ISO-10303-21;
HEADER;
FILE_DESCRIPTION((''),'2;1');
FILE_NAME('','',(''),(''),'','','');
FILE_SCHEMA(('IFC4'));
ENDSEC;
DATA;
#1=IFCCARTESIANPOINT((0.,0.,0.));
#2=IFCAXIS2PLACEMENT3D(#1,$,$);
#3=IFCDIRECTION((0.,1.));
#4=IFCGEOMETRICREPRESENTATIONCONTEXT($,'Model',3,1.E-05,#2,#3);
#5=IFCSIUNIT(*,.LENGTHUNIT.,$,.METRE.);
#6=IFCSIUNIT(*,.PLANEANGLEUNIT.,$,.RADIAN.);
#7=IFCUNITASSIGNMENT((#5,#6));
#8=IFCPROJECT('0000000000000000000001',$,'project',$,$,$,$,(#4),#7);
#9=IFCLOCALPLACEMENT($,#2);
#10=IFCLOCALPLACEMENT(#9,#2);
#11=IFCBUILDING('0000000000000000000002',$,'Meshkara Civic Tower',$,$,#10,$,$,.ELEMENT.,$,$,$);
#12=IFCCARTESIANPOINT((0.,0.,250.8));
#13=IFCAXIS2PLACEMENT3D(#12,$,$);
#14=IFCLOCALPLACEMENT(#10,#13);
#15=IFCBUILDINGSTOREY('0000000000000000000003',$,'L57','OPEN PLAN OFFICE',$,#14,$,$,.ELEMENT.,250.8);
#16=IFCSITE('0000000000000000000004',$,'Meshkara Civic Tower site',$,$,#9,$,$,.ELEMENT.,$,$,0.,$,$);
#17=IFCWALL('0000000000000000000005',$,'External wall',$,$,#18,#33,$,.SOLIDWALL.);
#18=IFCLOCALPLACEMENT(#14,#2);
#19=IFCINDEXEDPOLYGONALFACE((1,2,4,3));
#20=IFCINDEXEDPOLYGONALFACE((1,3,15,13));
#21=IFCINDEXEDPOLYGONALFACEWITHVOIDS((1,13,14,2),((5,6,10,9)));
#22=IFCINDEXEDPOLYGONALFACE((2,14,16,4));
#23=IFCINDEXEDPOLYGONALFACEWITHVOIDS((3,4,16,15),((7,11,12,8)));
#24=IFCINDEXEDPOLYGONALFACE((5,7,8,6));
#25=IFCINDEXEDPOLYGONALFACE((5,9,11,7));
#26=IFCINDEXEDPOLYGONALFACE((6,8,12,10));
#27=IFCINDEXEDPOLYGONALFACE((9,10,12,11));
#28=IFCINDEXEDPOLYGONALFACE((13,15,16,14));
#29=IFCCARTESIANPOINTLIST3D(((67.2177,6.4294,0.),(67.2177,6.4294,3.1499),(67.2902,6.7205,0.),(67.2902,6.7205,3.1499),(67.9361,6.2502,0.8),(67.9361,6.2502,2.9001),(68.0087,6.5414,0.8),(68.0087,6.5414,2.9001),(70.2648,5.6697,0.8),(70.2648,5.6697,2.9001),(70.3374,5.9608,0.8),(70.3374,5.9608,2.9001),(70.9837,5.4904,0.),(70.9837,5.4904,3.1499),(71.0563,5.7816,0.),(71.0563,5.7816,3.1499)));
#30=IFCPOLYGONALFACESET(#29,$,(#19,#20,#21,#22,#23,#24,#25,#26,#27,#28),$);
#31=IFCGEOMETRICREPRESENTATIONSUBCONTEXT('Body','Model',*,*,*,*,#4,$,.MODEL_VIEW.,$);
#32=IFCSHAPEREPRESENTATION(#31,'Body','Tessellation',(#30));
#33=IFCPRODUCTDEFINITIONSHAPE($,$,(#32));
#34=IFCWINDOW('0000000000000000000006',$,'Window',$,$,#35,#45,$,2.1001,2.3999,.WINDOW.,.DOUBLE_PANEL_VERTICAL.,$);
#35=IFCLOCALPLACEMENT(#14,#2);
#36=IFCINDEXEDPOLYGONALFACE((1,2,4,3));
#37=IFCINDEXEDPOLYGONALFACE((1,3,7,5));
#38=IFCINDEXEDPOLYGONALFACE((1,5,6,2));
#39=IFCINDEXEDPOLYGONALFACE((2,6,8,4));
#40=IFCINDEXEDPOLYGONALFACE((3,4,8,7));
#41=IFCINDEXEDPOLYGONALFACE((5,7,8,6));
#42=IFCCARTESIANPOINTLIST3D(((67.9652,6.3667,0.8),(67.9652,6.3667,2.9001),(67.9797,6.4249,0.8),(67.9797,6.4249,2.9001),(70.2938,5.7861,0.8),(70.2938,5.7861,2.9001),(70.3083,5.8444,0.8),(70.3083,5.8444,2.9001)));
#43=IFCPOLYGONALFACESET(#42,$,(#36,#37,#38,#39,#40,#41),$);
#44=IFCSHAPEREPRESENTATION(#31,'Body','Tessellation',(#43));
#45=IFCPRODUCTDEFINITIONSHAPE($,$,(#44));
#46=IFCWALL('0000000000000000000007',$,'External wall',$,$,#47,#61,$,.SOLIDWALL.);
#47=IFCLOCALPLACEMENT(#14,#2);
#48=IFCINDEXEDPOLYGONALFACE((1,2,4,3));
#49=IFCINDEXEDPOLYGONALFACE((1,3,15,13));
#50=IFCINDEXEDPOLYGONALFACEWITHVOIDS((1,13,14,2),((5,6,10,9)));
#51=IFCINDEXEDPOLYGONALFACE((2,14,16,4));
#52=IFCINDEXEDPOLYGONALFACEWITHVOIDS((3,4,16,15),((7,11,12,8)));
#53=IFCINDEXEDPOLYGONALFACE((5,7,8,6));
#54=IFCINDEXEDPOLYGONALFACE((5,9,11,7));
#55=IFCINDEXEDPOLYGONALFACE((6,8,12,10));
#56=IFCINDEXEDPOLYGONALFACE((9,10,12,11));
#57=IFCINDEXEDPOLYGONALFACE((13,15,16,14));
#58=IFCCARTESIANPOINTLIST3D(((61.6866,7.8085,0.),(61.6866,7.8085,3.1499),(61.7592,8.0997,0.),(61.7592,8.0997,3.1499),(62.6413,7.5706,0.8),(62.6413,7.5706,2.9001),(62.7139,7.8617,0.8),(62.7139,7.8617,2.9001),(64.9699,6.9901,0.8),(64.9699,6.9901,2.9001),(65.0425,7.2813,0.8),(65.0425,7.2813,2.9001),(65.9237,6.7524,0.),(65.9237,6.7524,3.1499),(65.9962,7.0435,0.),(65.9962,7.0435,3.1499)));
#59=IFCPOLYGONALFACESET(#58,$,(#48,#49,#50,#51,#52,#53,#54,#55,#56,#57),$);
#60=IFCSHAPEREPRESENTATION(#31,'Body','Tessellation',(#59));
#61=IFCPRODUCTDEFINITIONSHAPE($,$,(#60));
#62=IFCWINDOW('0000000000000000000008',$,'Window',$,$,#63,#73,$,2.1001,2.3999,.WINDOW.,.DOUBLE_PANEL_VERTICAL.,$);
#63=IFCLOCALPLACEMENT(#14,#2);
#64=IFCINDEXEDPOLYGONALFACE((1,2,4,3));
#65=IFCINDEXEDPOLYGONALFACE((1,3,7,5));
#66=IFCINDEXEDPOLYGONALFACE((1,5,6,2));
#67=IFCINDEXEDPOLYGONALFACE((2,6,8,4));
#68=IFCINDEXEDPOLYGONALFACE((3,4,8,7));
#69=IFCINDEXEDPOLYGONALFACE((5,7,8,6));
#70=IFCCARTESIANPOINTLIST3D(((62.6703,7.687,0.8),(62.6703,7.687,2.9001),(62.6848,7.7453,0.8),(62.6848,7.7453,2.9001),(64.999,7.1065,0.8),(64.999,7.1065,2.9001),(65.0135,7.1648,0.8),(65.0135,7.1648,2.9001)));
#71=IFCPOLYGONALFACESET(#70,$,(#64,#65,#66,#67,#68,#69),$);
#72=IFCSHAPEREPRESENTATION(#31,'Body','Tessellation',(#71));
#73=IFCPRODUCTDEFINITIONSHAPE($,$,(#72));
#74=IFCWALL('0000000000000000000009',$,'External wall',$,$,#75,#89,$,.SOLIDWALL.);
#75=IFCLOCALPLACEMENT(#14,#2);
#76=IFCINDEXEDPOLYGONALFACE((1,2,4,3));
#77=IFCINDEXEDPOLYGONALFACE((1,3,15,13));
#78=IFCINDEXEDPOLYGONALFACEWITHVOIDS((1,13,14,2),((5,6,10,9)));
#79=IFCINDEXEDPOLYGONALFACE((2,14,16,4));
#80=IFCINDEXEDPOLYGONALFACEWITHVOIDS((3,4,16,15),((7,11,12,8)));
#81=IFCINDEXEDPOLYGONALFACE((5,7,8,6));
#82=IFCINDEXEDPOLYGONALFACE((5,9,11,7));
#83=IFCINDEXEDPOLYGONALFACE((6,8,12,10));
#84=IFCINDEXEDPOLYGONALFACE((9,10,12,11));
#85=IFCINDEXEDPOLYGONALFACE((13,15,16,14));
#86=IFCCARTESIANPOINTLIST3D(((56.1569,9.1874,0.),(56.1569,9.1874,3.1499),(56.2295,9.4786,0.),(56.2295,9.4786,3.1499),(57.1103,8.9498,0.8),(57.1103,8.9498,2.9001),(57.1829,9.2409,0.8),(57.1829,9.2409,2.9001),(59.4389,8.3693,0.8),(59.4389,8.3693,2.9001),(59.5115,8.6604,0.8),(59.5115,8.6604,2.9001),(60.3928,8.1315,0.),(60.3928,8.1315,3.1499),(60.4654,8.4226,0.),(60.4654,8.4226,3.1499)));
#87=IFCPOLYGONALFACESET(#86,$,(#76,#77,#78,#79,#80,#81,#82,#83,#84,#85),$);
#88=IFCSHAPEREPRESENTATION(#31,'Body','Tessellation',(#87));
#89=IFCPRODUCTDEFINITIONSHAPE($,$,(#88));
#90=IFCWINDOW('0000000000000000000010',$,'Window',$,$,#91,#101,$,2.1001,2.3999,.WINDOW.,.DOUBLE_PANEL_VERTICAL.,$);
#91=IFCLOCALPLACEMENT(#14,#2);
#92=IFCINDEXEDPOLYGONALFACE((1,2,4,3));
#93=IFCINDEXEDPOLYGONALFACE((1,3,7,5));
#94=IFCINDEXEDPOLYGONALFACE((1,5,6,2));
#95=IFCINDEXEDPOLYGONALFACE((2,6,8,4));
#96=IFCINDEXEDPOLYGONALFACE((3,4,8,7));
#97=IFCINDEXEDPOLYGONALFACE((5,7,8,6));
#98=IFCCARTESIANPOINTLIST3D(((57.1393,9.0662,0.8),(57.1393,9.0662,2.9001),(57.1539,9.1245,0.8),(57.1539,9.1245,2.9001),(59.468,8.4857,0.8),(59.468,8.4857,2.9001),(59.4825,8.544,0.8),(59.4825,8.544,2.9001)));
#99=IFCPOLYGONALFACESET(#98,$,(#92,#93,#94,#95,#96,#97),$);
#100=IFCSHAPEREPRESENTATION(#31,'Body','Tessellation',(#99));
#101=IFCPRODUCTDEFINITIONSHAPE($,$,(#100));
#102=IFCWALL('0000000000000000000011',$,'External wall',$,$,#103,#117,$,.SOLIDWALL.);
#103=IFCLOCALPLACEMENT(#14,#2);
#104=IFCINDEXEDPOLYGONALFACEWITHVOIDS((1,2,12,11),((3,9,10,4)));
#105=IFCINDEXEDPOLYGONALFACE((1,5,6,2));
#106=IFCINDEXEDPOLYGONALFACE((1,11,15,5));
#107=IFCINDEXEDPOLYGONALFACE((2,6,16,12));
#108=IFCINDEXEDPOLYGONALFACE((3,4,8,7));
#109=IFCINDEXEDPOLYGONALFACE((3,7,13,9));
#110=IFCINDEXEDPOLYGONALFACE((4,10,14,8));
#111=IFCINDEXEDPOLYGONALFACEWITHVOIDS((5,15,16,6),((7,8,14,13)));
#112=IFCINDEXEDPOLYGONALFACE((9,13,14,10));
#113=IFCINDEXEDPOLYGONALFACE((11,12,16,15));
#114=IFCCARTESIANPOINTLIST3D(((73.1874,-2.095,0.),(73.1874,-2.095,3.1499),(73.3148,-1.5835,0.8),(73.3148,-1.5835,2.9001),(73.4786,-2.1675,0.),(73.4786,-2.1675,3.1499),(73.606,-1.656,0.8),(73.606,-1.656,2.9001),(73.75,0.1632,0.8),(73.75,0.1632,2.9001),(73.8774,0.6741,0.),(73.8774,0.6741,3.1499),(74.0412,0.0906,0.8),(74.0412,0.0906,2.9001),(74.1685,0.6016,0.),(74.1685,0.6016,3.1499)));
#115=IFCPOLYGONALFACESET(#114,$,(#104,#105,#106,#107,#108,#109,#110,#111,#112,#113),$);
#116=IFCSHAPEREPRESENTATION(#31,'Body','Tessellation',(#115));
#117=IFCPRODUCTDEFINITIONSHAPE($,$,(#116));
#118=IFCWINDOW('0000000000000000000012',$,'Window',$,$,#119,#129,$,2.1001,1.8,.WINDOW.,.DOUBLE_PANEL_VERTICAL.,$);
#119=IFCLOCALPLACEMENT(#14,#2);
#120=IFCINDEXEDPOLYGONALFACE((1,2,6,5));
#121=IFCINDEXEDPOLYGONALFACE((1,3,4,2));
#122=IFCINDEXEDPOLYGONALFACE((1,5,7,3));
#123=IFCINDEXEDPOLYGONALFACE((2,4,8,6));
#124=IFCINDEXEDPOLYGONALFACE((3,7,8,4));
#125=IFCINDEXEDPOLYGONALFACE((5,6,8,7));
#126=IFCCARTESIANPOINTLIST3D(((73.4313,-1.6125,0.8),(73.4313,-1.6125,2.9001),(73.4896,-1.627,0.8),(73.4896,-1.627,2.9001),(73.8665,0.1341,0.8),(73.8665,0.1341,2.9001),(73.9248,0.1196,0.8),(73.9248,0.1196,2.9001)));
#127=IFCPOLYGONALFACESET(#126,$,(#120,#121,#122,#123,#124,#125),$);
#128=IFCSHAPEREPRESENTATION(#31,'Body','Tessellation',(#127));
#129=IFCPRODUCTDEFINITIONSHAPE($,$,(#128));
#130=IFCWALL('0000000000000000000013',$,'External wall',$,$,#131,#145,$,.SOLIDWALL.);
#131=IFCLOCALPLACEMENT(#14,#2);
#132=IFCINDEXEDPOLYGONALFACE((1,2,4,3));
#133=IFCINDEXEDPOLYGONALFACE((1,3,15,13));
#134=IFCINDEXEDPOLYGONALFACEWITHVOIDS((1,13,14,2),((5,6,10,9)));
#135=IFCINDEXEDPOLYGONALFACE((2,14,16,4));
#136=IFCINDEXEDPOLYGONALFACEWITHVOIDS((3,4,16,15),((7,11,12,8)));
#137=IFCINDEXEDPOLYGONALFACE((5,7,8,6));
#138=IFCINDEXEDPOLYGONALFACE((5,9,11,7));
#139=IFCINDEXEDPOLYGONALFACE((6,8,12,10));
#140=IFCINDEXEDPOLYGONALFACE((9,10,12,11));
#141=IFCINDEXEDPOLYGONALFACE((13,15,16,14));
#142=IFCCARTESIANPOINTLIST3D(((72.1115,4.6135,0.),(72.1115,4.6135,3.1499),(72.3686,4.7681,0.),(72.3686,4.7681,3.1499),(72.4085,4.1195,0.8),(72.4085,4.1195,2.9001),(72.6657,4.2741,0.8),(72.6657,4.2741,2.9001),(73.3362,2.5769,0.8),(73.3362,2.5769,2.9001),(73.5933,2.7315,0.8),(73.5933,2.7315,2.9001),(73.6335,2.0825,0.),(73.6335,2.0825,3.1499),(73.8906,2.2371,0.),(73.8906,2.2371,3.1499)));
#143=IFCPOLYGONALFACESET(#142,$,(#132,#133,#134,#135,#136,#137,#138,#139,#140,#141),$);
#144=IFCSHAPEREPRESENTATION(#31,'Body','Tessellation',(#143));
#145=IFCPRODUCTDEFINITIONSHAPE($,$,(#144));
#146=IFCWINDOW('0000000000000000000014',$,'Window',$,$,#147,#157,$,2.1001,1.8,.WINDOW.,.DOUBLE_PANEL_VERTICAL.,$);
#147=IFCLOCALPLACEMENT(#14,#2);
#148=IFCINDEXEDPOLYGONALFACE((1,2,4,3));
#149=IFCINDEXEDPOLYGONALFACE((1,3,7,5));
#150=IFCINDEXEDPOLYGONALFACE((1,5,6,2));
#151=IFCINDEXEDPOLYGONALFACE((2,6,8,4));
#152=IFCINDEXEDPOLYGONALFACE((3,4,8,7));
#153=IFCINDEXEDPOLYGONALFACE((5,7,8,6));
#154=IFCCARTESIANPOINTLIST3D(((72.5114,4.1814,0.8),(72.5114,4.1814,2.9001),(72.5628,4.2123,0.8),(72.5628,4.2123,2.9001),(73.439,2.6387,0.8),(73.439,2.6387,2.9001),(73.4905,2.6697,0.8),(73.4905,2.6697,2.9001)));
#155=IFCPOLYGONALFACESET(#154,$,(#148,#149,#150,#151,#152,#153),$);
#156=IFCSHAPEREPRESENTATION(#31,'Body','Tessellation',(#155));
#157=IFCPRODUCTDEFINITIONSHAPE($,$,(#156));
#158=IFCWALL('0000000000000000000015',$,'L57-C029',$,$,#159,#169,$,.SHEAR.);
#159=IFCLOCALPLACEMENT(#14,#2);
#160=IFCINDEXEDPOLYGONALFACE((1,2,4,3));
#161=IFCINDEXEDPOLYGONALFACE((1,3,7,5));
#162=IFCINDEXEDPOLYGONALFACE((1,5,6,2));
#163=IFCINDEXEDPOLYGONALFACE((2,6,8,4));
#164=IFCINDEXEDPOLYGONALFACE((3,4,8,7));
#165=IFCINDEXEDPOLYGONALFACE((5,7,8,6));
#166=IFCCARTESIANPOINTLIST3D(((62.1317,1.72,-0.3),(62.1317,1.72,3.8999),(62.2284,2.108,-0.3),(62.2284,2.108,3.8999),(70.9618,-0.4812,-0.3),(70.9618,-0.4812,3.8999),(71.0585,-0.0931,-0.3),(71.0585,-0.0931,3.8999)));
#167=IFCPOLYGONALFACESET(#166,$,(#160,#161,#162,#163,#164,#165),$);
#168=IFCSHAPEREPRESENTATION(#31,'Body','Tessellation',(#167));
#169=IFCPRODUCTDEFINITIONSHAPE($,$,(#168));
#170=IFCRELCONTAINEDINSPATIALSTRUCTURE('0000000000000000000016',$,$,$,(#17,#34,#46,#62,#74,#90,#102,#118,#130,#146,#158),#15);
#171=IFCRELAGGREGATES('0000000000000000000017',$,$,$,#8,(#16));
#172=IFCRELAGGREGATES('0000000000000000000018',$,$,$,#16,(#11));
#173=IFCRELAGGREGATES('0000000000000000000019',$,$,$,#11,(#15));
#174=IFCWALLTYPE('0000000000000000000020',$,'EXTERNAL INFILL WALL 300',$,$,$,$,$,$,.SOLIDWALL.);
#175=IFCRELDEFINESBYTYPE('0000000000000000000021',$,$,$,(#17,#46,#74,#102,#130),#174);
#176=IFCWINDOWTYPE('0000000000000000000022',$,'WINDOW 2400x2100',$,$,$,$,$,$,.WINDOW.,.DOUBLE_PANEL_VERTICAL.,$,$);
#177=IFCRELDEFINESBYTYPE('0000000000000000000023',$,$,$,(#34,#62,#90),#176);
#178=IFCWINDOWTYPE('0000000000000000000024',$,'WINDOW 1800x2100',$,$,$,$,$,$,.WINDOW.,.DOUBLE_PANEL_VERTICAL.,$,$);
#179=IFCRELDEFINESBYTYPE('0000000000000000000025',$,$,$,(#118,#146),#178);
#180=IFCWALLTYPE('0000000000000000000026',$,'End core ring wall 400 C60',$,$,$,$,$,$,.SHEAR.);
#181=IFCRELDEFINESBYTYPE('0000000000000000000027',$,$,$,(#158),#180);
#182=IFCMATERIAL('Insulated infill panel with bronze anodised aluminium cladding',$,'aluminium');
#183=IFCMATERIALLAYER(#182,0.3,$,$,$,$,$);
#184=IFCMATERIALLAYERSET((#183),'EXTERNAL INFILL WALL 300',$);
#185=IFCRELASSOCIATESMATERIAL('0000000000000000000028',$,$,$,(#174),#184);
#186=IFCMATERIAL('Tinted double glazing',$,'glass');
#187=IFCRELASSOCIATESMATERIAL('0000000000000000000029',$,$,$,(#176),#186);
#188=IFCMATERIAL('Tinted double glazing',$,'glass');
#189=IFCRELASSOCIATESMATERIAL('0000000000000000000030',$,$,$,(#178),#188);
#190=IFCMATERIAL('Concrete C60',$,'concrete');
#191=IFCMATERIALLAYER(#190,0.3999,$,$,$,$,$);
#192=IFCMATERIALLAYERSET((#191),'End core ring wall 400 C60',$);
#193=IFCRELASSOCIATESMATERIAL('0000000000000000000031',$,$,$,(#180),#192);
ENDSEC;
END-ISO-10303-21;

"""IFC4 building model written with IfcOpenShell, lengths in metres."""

from ifc_helpers import new_model, si_unit, direction, frame, frame_2d, origin, place, context, subcontext, project, spatial, rectangle, extrude, material, layer, layer_set, type_object, element, fill, save


model = new_model("IFC4")

# Units and contexts
model_context = context("Model", 3, precision=1e-05, world=origin(), true_north=direction((0.0, 1.0)))
body_context = subcontext(model_context, "Body", "Model", "MODEL_VIEW")
ifc_project = project(units=[si_unit("LENGTHUNIT", "METRE"), si_unit("PLANEANGLEUNIT", "RADIAN")], contexts=[model_context])

# Site, building, storey
site_placement = place(None, origin())
site = spatial("IfcSite", under=ifc_project, at=site_placement, Name="Meshkara Civic Tower site", CompositionType="ELEMENT", RefElevation=0.0)
building_placement = place(site_placement, origin())
building = spatial("IfcBuilding", under=site, at=building_placement, Name="Meshkara Civic Tower", CompositionType="ELEMENT")
storey_placement = place(building_placement, frame((0.0, 0.0, 250.8)))
storey = spatial("IfcBuildingStorey", under=building, at=storey_placement, Name="L57", Description="OPEN PLAN OFFICE", CompositionType="ELEMENT", Elevation=250.8)

# Walls, openings, windows
ifc_material_1 = material(Name="Insulated infill panel with bronze anodised aluminium cladding", Category="aluminium")
ifc_layer_1 = layer(ifc_material_1, 0.3)
ifc_layer_set_1 = layer_set([ifc_layer_1], Name="EXTERNAL INFILL WALL 300")
wall_type_1 = type_object("IfcWallType", Name="EXTERNAL INFILL WALL 300", PredefinedType="SOLIDWALL", material=ifc_layer_set_1)
wall_1_placement = place(storey_placement, frame((71.02, 5.636, 0.0), z_axis=(0.0, 0.0, 1.0), x_axis=(-0.970298, 0.241914, 0.0)))
wall_1 = element("IfcWall", 1, at=wall_1_placement, inside=storey, type_object=wall_type_1, Name="External wall", PredefinedType="SOLIDWALL", context=body_context, shape_type="SweptSolid", body=[
    extrude(rectangle(XDim=3.8813, YDim=0.3, at=frame_2d((1.9407, 0.0))), origin(), (0.0, 0.0, 1.0), 3.1499),
])
opening_1_placement = place(wall_1_placement, frame((0.741, 0.0, 0.8)))
opening_1 = element("IfcOpeningElement", 2, at=opening_1_placement, cuts=wall_1, PredefinedType="OPENING", context=body_context, shape_type="SweptSolid", body=[
    extrude(rectangle(XDim=2.3999, YDim=2.1001, at=frame_2d((1.2, 1.05))), frame((0.0, 0.1599, 0.0), z_axis=(0.0, -1.0, 0.0), x_axis=(1.0, 0.0, 0.0)), (0.0, 0.0, 1.0), 0.3201),
])
ifc_material_2 = material(Name="Tinted double glazing", Category="glass")
window_type_1 = type_object("IfcWindowType", Name="WINDOW 2400x2100", PartitioningType="DOUBLE_PANEL_VERTICAL", PredefinedType="WINDOW", material=ifc_material_2)
window_1_placement = place(opening_1_placement, origin())
window_1 = element("IfcWindow", 3, at=window_1_placement, inside=storey, type_object=window_type_1, Name="Window", OverallHeight=2.1001, OverallWidth=2.3999, PartitioningType="DOUBLE_PANEL_VERTICAL", PredefinedType="WINDOW", context=body_context, shape_type="SweptSolid", body=[
    extrude(rectangle(XDim=2.3999, YDim=2.1001, at=frame_2d((1.2, 1.05))), frame((0.0, 0.03, 0.0), z_axis=(0.0, -1.0, 0.0), x_axis=(1.0, 0.0, 0.0)), (0.0, 0.0, 1.0), 0.0601),
])
fill(opening_1, window_1)
wall_2_placement = place(storey_placement, frame((65.96, 6.8979, 0.0), z_axis=(0.0, 0.0, 1.0), x_axis=(-0.97031, 0.241865, 0.0)))
wall_2 = element("IfcWall", 4, at=wall_2_placement, inside=storey, type_object=wall_type_1, Name="External wall", PredefinedType="SOLIDWALL", context=body_context, shape_type="SweptSolid", body=[
    extrude(rectangle(XDim=4.3667, YDim=0.3, at=frame_2d((2.1833, 0.0))), origin(), (0.0, 0.0, 1.0), 3.1499),
])
opening_2_placement = place(wall_2_placement, frame((0.9829, 0.0, 0.8)))
opening_2 = element("IfcOpeningElement", 5, at=opening_2_placement, cuts=wall_2, PredefinedType="OPENING", context=body_context, shape_type="SweptSolid", body=[
    extrude(rectangle(XDim=2.3999, YDim=2.1001, at=frame_2d((1.2, 1.05))), frame((0.0, 0.1599, 0.0), z_axis=(0.0, -1.0, 0.0), x_axis=(1.0, 0.0, 0.0)), (0.0, 0.0, 1.0), 0.3201),
])
window_2_placement = place(opening_2_placement, origin())
window_2 = element("IfcWindow", 6, at=window_2_placement, inside=storey, type_object=window_type_1, Name="Window", OverallHeight=2.1001, OverallWidth=2.3999, PartitioningType="DOUBLE_PANEL_VERTICAL", PredefinedType="WINDOW", context=body_context, shape_type="SweptSolid", body=[
    extrude(rectangle(XDim=2.3999, YDim=2.1001, at=frame_2d((1.2, 1.05))), frame((0.0, 0.03, 0.0), z_axis=(0.0, -1.0, 0.0), x_axis=(1.0, 0.0, 0.0)), (0.0, 0.0, 1.0), 0.0601),
])
fill(opening_2, window_2)
wall_3_placement = place(storey_placement, frame((60.429, 8.2771, 0.0), z_axis=(0.0, 0.0, 1.0), x_axis=(-0.970307, 0.241878, 0.0)))
wall_3 = element("IfcWall", 7, at=wall_3_placement, inside=storey, type_object=wall_type_1, Name="External wall", PredefinedType="SOLIDWALL", context=body_context, shape_type="SweptSolid", body=[
    extrude(rectangle(XDim=4.3655, YDim=0.3, at=frame_2d((2.1826, 0.0))), origin(), (0.0, 0.0, 1.0), 3.1499),
])
opening_3_placement = place(wall_3_placement, frame((0.9829, 0.0, 0.8)))
opening_3 = element("IfcOpeningElement", 8, at=opening_3_placement, cuts=wall_3, PredefinedType="OPENING", context=body_context, shape_type="SweptSolid", body=[
    extrude(rectangle(XDim=2.3999, YDim=2.1001, at=frame_2d((1.2, 1.05))), frame((0.0, 0.1599, 0.0), z_axis=(0.0, -1.0, 0.0), x_axis=(1.0, 0.0, 0.0)), (0.0, 0.0, 1.0), 0.3201),
])
window_3_placement = place(opening_3_placement, origin())
window_3 = element("IfcWindow", 9, at=window_3_placement, inside=storey, type_object=window_type_1, Name="Window", OverallHeight=2.1001, OverallWidth=2.3999, PartitioningType="DOUBLE_PANEL_VERTICAL", PredefinedType="WINDOW", context=body_context, shape_type="SweptSolid", body=[
    extrude(rectangle(XDim=2.3999, YDim=2.1001, at=frame_2d((1.2, 1.05))), frame((0.0, 0.03, 0.0), z_axis=(0.0, -1.0, 0.0), x_axis=(1.0, 0.0, 0.0)), (0.0, 0.0, 1.0), 0.0601),
])
fill(opening_3, window_3)
wall_4_placement = place(storey_placement, frame((73.333, -2.1311, 0.0), z_axis=(0.0, 0.0, 1.0), x_axis=(0.241771, 0.970333, 0.0)))
wall_4 = element("IfcWall", 10, at=wall_4_placement, inside=storey, type_object=wall_type_1, Name="External wall", PredefinedType="SOLIDWALL", context=body_context, shape_type="SweptSolid", body=[
    extrude(rectangle(XDim=2.8538, YDim=0.3, at=frame_2d((1.4268, 0.0))), origin(), (0.0, 0.0, 1.0), 3.1499),
])
opening_4_placement = place(wall_4_placement, frame((0.5271, 0.0, 0.8)))
opening_4 = element("IfcOpeningElement", 11, at=opening_4_placement, cuts=wall_4, PredefinedType="OPENING", context=body_context, shape_type="SweptSolid", body=[
    extrude(rectangle(XDim=1.8, YDim=2.1001, at=frame_2d((0.8999, 1.05))), frame((0.0, 0.1599, 0.0), z_axis=(0.0, -1.0, 0.0), x_axis=(1.0, 0.0, 0.0)), (0.0, 0.0, 1.0), 0.3201),
])
ifc_material_3 = material(Name="Tinted double glazing", Category="glass")
window_type_2 = type_object("IfcWindowType", Name="WINDOW 1800x2100", PartitioningType="DOUBLE_PANEL_VERTICAL", PredefinedType="WINDOW", material=ifc_material_3)
window_4_placement = place(opening_4_placement, origin())
window_4 = element("IfcWindow", 12, at=window_4_placement, inside=storey, type_object=window_type_2, Name="Window", OverallHeight=2.1001, OverallWidth=1.8, PartitioningType="DOUBLE_PANEL_VERTICAL", PredefinedType="WINDOW", context=body_context, shape_type="SweptSolid", body=[
    extrude(rectangle(XDim=1.8, YDim=2.1001, at=frame_2d((0.8999, 1.05))), frame((0.0, 0.03, 0.0), z_axis=(0.0, -1.0, 0.0), x_axis=(1.0, 0.0, 0.0)), (0.0, 0.0, 1.0), 0.0601),
])
fill(opening_4, window_4)
wall_5_placement = place(storey_placement, frame((73.762, 2.1599, 0.0), z_axis=(0.0, 0.0, 1.0), x_axis=(-0.515334, 0.856989, 0.0)))
wall_5 = element("IfcWall", 13, at=wall_5_placement, inside=storey, type_object=wall_type_1, Name="External wall", PredefinedType="SOLIDWALL", context=body_context, shape_type="SweptSolid", body=[
    extrude(rectangle(XDim=2.9534, YDim=0.3, at=frame_2d((1.4766, 0.0))), origin(), (0.0, 0.0, 1.0), 3.1499),
])
opening_5_placement = place(wall_5_placement, frame((0.5769, 0.0, 0.8)))
opening_5 = element("IfcOpeningElement", 14, at=opening_5_placement, cuts=wall_5, PredefinedType="OPENING", context=body_context, shape_type="SweptSolid", body=[
    extrude(rectangle(XDim=1.8, YDim=2.1001, at=frame_2d((0.8999, 1.05))), frame((0.0, 0.1599, 0.0), z_axis=(0.0, -1.0, 0.0), x_axis=(1.0, 0.0, 0.0)), (0.0, 0.0, 1.0), 0.3201),
])
window_5_placement = place(opening_5_placement, origin())
window_5 = element("IfcWindow", 15, at=window_5_placement, inside=storey, type_object=window_type_2, Name="Window", OverallHeight=2.1001, OverallWidth=1.8, PartitioningType="DOUBLE_PANEL_VERTICAL", PredefinedType="WINDOW", context=body_context, shape_type="SweptSolid", body=[
    extrude(rectangle(XDim=1.8, YDim=2.1001, at=frame_2d((0.8999, 1.05))), frame((0.0, 0.03, 0.0), z_axis=(0.0, -1.0, 0.0), x_axis=(1.0, 0.0, 0.0)), (0.0, 0.0, 1.0), 0.0601),
])
fill(opening_5, window_5)

# Wall
ifc_material_4 = material(Name="Concrete C60", Category="concrete")
ifc_layer_2 = layer(ifc_material_4, 0.3999)
ifc_layer_set_2 = layer_set([ifc_layer_2], Name="End core ring wall 400 C60")
wall_type_2 = type_object("IfcWallType", Name="End core ring wall 400 C60", PredefinedType="SHEAR", material=ifc_layer_set_2)
wall_6_placement = place(storey_placement, frame((62.1799, 1.9141, -0.3), z_axis=(0.0, 0.0, 1.0), x_axis=(0.970306, -0.241879, 0.0)))
element("IfcWall", 16, at=wall_6_placement, inside=storey, type_object=wall_type_2, Name="L57-C029", PredefinedType="SHEAR", context=body_context, shape_type="SweptSolid", body=[
    extrude(rectangle(XDim=9.1003, YDim=0.3999, at=frame_2d((4.5503, 0.0))), origin(), (0.0, 0.0, 1.0), 4.2),
])

save(model, "model.ifc")
